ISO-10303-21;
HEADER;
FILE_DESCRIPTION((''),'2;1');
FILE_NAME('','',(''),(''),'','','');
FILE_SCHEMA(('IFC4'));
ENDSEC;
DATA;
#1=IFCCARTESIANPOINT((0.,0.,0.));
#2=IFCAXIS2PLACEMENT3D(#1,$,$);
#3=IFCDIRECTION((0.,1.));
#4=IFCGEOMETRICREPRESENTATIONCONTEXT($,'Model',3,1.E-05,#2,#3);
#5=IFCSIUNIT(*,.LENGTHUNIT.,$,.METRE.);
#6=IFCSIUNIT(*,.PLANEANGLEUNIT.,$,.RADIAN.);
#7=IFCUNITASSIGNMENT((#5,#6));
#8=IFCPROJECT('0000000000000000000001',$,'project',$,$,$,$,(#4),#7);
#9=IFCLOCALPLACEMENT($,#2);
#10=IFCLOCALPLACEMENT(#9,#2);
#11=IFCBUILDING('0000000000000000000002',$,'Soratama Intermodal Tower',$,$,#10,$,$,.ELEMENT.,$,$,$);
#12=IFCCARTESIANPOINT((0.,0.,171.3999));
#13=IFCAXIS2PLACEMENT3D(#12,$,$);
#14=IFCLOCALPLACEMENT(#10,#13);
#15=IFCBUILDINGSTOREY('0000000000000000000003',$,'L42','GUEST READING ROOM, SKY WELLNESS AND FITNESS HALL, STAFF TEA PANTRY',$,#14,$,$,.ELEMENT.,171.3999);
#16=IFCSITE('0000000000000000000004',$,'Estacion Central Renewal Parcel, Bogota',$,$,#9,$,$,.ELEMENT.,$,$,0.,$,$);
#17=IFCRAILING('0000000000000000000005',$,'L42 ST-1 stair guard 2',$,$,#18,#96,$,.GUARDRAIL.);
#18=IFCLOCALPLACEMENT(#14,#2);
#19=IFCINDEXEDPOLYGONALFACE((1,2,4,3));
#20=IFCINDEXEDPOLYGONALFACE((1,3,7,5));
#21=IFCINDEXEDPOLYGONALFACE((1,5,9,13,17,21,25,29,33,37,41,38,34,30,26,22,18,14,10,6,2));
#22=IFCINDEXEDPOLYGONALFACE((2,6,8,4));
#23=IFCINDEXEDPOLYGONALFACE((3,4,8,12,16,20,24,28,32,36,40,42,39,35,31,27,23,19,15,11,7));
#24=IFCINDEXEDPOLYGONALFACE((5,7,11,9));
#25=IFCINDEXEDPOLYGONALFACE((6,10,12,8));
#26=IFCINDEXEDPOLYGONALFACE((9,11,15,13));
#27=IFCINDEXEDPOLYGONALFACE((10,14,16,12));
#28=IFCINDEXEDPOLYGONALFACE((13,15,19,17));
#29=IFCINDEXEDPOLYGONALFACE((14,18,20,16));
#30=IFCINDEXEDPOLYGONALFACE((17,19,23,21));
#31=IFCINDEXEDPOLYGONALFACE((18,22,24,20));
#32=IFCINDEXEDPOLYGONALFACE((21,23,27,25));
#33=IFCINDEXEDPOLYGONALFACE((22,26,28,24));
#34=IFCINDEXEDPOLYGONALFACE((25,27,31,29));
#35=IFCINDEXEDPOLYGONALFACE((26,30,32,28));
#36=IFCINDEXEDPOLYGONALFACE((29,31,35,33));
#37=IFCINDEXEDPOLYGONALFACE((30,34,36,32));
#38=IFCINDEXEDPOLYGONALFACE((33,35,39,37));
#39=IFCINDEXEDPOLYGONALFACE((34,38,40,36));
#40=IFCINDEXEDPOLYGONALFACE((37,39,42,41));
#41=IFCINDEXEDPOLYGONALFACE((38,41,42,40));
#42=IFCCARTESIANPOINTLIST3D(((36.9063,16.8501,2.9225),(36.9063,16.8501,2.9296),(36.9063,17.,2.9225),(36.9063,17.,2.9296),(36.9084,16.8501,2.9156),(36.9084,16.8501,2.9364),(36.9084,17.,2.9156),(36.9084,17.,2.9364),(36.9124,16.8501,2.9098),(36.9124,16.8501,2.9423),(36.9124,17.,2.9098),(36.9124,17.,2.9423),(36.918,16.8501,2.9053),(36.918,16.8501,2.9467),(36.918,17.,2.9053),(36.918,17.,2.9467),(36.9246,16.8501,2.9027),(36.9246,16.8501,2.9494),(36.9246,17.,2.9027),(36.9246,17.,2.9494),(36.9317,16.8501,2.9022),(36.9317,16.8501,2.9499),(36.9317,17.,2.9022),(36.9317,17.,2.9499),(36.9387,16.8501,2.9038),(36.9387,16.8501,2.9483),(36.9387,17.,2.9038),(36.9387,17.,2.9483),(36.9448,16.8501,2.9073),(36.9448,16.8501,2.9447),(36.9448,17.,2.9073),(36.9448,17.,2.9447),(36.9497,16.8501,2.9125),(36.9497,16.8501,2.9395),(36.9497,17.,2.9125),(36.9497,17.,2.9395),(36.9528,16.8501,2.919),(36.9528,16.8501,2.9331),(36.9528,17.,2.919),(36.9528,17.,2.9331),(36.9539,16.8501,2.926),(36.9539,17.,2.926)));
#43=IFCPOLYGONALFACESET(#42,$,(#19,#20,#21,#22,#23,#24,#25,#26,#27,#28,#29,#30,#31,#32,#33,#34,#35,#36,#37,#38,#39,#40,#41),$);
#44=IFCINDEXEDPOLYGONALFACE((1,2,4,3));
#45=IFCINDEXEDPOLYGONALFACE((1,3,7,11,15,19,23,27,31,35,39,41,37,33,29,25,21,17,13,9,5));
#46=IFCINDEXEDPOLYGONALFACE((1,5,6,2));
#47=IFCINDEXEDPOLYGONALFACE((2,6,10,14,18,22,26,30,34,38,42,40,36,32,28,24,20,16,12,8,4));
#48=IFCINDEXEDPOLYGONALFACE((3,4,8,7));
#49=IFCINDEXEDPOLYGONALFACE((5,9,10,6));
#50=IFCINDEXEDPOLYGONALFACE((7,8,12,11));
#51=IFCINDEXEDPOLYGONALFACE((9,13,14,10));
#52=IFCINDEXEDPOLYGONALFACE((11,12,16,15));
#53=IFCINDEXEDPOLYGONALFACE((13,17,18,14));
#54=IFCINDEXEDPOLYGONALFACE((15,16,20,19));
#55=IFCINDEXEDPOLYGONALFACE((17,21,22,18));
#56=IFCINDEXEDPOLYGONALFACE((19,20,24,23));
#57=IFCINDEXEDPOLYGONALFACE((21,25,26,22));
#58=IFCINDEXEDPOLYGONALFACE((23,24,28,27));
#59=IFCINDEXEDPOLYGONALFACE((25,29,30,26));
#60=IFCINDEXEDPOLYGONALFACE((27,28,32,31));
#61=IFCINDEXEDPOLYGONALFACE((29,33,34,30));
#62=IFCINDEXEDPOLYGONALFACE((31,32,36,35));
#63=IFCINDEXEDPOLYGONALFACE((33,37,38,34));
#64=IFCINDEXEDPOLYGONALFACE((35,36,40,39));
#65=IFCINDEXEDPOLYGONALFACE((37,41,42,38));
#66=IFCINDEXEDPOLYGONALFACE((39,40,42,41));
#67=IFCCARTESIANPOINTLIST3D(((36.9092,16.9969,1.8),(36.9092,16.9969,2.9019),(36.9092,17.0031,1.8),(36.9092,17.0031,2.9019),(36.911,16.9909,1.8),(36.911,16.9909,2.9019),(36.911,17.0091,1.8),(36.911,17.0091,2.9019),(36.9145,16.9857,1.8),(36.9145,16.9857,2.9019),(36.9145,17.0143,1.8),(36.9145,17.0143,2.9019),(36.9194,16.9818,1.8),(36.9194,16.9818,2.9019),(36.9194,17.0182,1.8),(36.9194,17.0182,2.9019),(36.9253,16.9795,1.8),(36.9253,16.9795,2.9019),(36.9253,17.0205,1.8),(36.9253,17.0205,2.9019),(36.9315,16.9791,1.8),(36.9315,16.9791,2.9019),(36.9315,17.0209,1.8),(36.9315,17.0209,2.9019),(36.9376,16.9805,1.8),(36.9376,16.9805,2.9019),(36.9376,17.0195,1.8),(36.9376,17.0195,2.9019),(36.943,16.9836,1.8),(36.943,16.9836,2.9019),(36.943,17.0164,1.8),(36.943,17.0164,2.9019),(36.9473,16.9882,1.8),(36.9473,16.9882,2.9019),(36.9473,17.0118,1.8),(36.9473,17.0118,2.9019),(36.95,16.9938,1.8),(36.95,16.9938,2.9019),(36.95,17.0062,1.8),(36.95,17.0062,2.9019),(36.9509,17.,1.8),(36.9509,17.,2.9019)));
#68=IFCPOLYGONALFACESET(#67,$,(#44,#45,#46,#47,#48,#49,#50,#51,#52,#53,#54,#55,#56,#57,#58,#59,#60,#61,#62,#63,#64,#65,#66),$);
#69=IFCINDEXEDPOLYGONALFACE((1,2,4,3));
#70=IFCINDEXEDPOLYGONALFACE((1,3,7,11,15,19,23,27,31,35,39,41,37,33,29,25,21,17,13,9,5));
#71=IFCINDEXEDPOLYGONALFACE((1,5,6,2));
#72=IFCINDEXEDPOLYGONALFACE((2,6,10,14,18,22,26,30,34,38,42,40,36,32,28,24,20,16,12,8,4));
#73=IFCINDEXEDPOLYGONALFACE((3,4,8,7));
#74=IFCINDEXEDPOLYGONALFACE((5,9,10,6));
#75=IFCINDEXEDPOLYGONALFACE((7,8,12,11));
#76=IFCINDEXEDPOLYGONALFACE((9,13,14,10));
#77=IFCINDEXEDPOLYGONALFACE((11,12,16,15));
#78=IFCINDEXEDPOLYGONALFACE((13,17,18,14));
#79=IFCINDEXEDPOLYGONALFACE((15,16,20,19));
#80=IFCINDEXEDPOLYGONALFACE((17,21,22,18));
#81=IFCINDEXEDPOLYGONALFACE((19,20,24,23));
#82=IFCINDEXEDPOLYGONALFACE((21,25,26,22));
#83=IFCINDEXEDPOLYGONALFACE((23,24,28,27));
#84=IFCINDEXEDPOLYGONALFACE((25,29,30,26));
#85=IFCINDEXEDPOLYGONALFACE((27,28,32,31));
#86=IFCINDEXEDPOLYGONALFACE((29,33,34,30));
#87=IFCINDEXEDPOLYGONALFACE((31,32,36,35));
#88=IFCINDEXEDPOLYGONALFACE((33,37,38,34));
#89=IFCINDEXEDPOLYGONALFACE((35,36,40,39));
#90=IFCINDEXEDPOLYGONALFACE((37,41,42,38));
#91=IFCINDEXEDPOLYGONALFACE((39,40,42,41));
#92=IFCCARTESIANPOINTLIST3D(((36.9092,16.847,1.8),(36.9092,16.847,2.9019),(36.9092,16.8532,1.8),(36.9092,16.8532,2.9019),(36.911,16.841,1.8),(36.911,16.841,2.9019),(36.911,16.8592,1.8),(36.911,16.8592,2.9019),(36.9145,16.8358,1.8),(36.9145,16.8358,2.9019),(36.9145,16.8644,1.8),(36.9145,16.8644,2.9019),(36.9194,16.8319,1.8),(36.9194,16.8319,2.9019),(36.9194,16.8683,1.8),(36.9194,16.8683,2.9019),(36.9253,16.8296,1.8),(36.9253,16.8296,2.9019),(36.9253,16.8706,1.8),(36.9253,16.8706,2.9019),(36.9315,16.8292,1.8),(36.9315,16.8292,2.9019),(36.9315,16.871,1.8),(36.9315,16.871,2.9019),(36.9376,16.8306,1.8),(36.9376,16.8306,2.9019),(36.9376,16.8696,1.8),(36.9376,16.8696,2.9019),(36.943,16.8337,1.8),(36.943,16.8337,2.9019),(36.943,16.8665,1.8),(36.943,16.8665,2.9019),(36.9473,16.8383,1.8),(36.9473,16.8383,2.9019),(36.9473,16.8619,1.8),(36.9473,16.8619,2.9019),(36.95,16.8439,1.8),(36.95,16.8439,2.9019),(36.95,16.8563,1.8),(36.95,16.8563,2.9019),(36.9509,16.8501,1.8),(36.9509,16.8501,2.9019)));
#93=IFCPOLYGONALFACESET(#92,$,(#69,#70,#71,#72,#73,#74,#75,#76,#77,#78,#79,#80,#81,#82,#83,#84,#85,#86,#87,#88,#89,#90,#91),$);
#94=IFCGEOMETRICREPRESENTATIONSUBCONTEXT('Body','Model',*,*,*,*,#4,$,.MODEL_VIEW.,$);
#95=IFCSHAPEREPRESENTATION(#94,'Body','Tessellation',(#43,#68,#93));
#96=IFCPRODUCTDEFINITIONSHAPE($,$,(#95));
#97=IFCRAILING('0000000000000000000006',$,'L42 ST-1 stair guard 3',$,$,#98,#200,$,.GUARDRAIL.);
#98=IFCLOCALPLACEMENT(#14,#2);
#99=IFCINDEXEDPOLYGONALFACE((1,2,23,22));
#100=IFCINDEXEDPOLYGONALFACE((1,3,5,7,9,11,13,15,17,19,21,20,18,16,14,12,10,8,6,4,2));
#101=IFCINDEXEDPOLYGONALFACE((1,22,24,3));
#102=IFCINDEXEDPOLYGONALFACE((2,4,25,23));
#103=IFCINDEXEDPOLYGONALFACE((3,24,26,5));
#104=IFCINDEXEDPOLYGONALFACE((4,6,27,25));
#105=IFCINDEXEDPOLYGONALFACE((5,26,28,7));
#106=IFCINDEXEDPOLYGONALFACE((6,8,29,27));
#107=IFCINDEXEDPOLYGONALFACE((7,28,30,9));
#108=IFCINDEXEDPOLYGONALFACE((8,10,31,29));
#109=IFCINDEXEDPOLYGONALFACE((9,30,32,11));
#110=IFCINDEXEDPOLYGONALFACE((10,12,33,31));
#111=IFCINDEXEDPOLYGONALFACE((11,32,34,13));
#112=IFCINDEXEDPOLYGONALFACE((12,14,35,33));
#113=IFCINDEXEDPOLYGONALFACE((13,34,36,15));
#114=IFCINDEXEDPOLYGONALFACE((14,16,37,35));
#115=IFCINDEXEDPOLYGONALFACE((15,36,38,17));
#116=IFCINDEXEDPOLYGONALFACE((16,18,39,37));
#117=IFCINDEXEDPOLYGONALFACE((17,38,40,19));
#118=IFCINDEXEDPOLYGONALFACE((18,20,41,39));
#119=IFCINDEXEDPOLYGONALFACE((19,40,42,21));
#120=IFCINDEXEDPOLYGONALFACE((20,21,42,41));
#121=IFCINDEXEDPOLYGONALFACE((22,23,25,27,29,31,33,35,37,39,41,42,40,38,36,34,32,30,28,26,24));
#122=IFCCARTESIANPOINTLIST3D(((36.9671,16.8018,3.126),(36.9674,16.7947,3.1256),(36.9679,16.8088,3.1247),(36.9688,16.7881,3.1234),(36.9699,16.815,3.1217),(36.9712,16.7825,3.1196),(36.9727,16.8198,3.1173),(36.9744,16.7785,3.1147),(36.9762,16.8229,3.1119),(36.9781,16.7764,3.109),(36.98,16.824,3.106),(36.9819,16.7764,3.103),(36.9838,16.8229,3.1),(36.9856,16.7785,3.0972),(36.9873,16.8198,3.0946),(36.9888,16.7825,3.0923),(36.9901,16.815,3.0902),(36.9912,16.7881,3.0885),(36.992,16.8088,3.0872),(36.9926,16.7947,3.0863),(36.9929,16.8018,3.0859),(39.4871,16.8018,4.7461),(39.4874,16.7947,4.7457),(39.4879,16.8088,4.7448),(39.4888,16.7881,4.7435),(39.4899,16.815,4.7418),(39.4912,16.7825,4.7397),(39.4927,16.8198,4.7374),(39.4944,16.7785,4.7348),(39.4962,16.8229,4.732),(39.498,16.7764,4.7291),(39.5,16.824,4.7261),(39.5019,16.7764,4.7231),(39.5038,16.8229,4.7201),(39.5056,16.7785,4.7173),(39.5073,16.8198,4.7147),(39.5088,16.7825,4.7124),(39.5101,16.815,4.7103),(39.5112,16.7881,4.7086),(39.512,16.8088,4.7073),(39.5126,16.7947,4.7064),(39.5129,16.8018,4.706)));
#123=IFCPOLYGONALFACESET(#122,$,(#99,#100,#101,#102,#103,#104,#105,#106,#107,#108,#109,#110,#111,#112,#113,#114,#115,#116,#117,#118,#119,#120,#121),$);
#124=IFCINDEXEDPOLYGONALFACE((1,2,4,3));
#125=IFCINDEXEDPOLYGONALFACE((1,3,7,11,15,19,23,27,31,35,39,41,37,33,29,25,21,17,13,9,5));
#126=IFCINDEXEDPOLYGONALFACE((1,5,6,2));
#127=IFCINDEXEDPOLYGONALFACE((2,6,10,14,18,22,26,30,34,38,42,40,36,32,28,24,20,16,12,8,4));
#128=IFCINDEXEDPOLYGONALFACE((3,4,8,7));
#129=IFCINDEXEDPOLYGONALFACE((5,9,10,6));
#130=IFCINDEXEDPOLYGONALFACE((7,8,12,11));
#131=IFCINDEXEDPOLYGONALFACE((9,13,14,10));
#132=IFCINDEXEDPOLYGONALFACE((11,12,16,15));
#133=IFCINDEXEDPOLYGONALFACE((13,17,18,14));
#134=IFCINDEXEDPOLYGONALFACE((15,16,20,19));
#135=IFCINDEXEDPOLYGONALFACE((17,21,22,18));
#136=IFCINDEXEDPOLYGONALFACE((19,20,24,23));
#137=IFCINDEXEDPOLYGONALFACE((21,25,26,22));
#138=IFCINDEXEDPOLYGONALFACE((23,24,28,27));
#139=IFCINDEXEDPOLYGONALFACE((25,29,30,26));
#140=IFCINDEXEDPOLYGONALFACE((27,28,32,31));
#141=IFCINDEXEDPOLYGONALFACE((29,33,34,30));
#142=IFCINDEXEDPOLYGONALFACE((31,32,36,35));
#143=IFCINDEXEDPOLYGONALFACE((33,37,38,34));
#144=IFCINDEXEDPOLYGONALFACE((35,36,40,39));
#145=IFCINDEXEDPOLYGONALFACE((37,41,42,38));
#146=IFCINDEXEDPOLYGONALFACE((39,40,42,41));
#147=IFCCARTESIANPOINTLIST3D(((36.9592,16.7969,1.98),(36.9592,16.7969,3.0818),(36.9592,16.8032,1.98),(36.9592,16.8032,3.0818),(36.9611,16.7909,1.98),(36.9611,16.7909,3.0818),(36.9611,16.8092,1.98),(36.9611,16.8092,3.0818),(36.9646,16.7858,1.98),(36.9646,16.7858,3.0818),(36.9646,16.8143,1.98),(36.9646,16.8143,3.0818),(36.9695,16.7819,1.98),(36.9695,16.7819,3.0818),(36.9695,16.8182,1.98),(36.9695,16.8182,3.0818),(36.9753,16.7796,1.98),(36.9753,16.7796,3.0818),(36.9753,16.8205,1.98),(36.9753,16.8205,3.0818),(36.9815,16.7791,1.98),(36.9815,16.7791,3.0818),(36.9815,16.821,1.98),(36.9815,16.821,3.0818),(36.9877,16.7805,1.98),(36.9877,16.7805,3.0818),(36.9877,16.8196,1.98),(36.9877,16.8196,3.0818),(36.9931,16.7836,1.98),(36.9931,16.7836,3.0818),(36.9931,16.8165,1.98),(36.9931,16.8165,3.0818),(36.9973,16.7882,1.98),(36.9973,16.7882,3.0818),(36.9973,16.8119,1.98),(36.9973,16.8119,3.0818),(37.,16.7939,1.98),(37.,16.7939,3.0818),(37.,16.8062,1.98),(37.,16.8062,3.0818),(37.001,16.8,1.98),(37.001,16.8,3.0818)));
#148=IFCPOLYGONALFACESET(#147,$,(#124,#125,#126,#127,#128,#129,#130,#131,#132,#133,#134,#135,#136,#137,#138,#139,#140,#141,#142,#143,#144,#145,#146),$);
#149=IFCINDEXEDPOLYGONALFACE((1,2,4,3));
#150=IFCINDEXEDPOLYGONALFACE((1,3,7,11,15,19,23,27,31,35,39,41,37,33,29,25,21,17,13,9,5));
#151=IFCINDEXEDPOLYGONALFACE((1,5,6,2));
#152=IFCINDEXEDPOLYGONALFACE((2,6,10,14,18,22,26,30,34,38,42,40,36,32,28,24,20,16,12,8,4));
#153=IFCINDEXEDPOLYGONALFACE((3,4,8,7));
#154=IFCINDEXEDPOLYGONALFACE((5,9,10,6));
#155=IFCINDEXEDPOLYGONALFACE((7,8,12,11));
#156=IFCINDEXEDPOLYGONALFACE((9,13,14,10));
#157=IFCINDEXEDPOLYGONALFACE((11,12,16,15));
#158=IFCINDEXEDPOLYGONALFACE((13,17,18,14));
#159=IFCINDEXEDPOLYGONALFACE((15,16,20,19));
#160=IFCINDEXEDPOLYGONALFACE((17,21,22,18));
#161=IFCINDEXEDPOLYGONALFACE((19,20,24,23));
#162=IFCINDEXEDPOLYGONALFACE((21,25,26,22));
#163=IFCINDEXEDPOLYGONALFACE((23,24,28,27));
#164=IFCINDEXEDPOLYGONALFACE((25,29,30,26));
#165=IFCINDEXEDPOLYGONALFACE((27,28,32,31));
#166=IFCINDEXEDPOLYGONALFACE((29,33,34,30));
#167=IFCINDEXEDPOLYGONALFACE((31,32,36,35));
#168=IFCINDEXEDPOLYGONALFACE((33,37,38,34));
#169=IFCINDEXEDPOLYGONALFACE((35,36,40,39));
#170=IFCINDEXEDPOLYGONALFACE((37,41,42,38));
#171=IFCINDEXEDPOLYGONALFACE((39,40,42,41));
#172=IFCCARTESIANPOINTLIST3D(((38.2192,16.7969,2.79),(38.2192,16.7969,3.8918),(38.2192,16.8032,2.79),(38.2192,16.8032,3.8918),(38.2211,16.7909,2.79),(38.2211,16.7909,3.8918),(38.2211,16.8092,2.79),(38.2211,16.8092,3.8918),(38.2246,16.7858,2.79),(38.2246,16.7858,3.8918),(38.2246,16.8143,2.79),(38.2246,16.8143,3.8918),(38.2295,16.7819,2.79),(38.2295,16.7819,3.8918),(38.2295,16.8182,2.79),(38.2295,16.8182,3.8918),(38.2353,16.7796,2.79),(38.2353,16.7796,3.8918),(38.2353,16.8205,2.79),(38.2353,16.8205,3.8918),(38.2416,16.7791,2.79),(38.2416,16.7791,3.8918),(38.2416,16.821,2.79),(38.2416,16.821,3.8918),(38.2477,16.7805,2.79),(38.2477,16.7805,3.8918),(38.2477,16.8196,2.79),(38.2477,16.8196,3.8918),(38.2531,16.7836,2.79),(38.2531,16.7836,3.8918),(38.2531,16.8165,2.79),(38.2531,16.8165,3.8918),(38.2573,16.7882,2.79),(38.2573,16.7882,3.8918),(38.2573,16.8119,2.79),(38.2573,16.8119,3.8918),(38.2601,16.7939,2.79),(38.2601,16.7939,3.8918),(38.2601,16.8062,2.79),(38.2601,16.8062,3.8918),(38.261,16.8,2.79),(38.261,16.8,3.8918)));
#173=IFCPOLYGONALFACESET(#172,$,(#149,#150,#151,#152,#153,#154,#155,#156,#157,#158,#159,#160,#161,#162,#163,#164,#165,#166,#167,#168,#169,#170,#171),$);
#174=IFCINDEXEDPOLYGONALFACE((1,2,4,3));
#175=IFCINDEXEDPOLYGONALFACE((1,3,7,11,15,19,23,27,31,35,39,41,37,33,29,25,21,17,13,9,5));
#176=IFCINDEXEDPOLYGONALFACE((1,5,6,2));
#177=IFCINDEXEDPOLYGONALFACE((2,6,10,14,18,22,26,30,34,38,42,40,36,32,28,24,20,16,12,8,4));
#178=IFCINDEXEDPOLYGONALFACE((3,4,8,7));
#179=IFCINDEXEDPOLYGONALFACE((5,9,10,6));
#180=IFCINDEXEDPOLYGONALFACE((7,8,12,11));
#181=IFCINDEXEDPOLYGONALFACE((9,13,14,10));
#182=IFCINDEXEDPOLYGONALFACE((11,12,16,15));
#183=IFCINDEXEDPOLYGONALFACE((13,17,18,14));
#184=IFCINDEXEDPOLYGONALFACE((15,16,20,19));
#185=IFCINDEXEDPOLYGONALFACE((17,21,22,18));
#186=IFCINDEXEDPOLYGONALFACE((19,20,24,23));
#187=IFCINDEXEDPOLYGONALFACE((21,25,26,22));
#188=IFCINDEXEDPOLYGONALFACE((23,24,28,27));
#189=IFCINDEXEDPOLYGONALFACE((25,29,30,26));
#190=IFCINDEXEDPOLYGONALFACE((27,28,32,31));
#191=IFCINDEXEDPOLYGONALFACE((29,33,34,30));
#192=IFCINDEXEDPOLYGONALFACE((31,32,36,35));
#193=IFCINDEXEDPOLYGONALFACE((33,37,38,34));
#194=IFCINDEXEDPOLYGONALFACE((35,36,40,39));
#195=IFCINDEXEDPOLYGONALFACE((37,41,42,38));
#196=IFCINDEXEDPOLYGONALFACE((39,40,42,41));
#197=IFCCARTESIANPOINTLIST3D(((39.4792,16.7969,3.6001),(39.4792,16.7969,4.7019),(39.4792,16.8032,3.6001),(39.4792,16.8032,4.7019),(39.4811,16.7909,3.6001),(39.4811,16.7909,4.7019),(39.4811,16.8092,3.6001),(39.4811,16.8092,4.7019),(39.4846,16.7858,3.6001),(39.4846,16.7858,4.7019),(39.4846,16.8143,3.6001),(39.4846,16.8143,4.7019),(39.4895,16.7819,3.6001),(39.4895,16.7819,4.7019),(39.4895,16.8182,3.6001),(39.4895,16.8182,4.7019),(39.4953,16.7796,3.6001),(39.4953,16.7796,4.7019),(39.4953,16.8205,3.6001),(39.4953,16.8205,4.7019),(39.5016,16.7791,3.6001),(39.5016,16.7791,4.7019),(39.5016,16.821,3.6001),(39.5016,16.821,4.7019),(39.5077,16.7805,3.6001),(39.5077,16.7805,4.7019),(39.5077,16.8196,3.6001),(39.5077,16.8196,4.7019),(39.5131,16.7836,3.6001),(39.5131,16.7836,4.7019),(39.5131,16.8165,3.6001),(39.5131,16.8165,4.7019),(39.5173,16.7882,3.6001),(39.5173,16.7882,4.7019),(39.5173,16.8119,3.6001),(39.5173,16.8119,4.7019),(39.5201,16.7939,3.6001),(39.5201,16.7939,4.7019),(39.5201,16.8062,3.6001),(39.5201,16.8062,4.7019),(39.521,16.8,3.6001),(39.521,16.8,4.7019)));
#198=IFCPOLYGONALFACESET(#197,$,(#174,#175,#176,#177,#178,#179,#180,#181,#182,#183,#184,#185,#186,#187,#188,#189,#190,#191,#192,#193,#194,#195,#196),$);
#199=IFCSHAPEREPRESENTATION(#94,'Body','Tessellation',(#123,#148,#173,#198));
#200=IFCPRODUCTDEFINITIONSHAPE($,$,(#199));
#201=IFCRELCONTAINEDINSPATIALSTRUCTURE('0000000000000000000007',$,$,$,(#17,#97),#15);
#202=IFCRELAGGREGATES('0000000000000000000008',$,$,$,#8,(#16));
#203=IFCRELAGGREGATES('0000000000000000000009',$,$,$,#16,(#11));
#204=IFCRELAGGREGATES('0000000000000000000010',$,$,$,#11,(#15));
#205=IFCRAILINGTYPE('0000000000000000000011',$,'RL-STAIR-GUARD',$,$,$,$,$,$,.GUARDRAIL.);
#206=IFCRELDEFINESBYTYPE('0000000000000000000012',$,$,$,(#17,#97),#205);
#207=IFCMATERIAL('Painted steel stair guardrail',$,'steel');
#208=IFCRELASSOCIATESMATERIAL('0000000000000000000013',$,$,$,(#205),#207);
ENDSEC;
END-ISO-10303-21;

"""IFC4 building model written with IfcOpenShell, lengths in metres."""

from ifc_helpers import new_model, si_unit, direction, frame, origin, origin_2d, place, context, subcontext, project, spatial, circle, extrude, material, type_object, element, save


model = new_model("IFC4")

# Units and contexts
model_context = context("Model", 3, precision=1e-05, world=origin(), true_north=direction((0.0, 1.0)))
body_context = subcontext(model_context, "Body", "Model", "MODEL_VIEW")
ifc_project = project(units=[si_unit("LENGTHUNIT", "METRE"), si_unit("PLANEANGLEUNIT", "RADIAN")], contexts=[model_context])

# Site, building, storey
site_placement = place(None, origin())
site = spatial("IfcSite", under=ifc_project, at=site_placement, Name="Estacion Central Renewal Parcel, Bogota", CompositionType="ELEMENT", RefElevation=0.0)
building_placement = place(site_placement, origin())
building = spatial("IfcBuilding", under=site, at=building_placement, Name="Soratama Intermodal Tower", CompositionType="ELEMENT")
storey_placement = place(building_placement, frame((0.0, 0.0, 171.3999)))
storey = spatial("IfcBuildingStorey", under=building, at=storey_placement, Name="L42", Description="GUEST READING ROOM, SKY WELLNESS AND FITNESS HALL, STAFF TEA PANTRY", CompositionType="ELEMENT", Elevation=171.3999)

# Railings
ifc_material_1 = material(Name="Painted steel stair guardrail", Category="steel")
railing_type_1 = type_object("IfcRailingType", Name="RL-STAIR-GUARD", PredefinedType="GUARDRAIL", material=ifc_material_1)
railing_1_placement = place(storey_placement, frame((36.9299, 17.0, 1.8)))
element("IfcRailing", 1, at=railing_1_placement, inside=storey, type_object=railing_type_1, Name="L42 ST-1 stair guard 2", PredefinedType="GUARDRAIL", context=body_context, shape_type="SweptSolid", body=[
    extrude(circle(Radius=0.0239, at=origin_2d()), frame((0.0, 0.0, 1.126), z_axis=(0.0, -1.0, 0.0), x_axis=(1.0, 0.0, 0.0)), (0.0, 0.0, 1.0), 0.1499),
    extrude(circle(Radius=0.021, at=origin_2d()), origin(), (0.0, 0.0, 1.0), 1.1018),
    extrude(circle(Radius=0.021, at=origin_2d()), frame((0.0, -0.1499, 0.0)), (0.0, 0.0, 1.0), 1.1018),
])
railing_2_placement = place(storey_placement, frame((36.98, 16.8, 1.98)))
element("IfcRailing", 2, at=railing_2_placement, inside=storey, type_object=railing_type_1, Name="L42 ST-1 stair guard 3", PredefinedType="GUARDRAIL", context=body_context, shape_type="SweptSolid", body=[
    extrude(circle(Radius=0.0239, at=origin_2d()), frame((0.0, 0.0, 1.126), z_axis=(0.841163, 0.0, 0.540782), x_axis=(0.0, 1.0, 0.0)), (0.0, 0.0, 1.0), 2.9958),
    extrude(circle(Radius=0.021, at=origin_2d()), origin(), (0.0, 0.0, 1.0), 1.1018),
    extrude(circle(Radius=0.021, at=origin_2d()), frame((1.26, 0.0, 0.8101)), (0.0, 0.0, 1.0), 1.1018),
    extrude(circle(Radius=0.021, at=origin_2d()), frame((2.52, 0.0, 1.6201)), (0.0, 0.0, 1.0), 1.1018),
])

save(model, "model.ifc")
